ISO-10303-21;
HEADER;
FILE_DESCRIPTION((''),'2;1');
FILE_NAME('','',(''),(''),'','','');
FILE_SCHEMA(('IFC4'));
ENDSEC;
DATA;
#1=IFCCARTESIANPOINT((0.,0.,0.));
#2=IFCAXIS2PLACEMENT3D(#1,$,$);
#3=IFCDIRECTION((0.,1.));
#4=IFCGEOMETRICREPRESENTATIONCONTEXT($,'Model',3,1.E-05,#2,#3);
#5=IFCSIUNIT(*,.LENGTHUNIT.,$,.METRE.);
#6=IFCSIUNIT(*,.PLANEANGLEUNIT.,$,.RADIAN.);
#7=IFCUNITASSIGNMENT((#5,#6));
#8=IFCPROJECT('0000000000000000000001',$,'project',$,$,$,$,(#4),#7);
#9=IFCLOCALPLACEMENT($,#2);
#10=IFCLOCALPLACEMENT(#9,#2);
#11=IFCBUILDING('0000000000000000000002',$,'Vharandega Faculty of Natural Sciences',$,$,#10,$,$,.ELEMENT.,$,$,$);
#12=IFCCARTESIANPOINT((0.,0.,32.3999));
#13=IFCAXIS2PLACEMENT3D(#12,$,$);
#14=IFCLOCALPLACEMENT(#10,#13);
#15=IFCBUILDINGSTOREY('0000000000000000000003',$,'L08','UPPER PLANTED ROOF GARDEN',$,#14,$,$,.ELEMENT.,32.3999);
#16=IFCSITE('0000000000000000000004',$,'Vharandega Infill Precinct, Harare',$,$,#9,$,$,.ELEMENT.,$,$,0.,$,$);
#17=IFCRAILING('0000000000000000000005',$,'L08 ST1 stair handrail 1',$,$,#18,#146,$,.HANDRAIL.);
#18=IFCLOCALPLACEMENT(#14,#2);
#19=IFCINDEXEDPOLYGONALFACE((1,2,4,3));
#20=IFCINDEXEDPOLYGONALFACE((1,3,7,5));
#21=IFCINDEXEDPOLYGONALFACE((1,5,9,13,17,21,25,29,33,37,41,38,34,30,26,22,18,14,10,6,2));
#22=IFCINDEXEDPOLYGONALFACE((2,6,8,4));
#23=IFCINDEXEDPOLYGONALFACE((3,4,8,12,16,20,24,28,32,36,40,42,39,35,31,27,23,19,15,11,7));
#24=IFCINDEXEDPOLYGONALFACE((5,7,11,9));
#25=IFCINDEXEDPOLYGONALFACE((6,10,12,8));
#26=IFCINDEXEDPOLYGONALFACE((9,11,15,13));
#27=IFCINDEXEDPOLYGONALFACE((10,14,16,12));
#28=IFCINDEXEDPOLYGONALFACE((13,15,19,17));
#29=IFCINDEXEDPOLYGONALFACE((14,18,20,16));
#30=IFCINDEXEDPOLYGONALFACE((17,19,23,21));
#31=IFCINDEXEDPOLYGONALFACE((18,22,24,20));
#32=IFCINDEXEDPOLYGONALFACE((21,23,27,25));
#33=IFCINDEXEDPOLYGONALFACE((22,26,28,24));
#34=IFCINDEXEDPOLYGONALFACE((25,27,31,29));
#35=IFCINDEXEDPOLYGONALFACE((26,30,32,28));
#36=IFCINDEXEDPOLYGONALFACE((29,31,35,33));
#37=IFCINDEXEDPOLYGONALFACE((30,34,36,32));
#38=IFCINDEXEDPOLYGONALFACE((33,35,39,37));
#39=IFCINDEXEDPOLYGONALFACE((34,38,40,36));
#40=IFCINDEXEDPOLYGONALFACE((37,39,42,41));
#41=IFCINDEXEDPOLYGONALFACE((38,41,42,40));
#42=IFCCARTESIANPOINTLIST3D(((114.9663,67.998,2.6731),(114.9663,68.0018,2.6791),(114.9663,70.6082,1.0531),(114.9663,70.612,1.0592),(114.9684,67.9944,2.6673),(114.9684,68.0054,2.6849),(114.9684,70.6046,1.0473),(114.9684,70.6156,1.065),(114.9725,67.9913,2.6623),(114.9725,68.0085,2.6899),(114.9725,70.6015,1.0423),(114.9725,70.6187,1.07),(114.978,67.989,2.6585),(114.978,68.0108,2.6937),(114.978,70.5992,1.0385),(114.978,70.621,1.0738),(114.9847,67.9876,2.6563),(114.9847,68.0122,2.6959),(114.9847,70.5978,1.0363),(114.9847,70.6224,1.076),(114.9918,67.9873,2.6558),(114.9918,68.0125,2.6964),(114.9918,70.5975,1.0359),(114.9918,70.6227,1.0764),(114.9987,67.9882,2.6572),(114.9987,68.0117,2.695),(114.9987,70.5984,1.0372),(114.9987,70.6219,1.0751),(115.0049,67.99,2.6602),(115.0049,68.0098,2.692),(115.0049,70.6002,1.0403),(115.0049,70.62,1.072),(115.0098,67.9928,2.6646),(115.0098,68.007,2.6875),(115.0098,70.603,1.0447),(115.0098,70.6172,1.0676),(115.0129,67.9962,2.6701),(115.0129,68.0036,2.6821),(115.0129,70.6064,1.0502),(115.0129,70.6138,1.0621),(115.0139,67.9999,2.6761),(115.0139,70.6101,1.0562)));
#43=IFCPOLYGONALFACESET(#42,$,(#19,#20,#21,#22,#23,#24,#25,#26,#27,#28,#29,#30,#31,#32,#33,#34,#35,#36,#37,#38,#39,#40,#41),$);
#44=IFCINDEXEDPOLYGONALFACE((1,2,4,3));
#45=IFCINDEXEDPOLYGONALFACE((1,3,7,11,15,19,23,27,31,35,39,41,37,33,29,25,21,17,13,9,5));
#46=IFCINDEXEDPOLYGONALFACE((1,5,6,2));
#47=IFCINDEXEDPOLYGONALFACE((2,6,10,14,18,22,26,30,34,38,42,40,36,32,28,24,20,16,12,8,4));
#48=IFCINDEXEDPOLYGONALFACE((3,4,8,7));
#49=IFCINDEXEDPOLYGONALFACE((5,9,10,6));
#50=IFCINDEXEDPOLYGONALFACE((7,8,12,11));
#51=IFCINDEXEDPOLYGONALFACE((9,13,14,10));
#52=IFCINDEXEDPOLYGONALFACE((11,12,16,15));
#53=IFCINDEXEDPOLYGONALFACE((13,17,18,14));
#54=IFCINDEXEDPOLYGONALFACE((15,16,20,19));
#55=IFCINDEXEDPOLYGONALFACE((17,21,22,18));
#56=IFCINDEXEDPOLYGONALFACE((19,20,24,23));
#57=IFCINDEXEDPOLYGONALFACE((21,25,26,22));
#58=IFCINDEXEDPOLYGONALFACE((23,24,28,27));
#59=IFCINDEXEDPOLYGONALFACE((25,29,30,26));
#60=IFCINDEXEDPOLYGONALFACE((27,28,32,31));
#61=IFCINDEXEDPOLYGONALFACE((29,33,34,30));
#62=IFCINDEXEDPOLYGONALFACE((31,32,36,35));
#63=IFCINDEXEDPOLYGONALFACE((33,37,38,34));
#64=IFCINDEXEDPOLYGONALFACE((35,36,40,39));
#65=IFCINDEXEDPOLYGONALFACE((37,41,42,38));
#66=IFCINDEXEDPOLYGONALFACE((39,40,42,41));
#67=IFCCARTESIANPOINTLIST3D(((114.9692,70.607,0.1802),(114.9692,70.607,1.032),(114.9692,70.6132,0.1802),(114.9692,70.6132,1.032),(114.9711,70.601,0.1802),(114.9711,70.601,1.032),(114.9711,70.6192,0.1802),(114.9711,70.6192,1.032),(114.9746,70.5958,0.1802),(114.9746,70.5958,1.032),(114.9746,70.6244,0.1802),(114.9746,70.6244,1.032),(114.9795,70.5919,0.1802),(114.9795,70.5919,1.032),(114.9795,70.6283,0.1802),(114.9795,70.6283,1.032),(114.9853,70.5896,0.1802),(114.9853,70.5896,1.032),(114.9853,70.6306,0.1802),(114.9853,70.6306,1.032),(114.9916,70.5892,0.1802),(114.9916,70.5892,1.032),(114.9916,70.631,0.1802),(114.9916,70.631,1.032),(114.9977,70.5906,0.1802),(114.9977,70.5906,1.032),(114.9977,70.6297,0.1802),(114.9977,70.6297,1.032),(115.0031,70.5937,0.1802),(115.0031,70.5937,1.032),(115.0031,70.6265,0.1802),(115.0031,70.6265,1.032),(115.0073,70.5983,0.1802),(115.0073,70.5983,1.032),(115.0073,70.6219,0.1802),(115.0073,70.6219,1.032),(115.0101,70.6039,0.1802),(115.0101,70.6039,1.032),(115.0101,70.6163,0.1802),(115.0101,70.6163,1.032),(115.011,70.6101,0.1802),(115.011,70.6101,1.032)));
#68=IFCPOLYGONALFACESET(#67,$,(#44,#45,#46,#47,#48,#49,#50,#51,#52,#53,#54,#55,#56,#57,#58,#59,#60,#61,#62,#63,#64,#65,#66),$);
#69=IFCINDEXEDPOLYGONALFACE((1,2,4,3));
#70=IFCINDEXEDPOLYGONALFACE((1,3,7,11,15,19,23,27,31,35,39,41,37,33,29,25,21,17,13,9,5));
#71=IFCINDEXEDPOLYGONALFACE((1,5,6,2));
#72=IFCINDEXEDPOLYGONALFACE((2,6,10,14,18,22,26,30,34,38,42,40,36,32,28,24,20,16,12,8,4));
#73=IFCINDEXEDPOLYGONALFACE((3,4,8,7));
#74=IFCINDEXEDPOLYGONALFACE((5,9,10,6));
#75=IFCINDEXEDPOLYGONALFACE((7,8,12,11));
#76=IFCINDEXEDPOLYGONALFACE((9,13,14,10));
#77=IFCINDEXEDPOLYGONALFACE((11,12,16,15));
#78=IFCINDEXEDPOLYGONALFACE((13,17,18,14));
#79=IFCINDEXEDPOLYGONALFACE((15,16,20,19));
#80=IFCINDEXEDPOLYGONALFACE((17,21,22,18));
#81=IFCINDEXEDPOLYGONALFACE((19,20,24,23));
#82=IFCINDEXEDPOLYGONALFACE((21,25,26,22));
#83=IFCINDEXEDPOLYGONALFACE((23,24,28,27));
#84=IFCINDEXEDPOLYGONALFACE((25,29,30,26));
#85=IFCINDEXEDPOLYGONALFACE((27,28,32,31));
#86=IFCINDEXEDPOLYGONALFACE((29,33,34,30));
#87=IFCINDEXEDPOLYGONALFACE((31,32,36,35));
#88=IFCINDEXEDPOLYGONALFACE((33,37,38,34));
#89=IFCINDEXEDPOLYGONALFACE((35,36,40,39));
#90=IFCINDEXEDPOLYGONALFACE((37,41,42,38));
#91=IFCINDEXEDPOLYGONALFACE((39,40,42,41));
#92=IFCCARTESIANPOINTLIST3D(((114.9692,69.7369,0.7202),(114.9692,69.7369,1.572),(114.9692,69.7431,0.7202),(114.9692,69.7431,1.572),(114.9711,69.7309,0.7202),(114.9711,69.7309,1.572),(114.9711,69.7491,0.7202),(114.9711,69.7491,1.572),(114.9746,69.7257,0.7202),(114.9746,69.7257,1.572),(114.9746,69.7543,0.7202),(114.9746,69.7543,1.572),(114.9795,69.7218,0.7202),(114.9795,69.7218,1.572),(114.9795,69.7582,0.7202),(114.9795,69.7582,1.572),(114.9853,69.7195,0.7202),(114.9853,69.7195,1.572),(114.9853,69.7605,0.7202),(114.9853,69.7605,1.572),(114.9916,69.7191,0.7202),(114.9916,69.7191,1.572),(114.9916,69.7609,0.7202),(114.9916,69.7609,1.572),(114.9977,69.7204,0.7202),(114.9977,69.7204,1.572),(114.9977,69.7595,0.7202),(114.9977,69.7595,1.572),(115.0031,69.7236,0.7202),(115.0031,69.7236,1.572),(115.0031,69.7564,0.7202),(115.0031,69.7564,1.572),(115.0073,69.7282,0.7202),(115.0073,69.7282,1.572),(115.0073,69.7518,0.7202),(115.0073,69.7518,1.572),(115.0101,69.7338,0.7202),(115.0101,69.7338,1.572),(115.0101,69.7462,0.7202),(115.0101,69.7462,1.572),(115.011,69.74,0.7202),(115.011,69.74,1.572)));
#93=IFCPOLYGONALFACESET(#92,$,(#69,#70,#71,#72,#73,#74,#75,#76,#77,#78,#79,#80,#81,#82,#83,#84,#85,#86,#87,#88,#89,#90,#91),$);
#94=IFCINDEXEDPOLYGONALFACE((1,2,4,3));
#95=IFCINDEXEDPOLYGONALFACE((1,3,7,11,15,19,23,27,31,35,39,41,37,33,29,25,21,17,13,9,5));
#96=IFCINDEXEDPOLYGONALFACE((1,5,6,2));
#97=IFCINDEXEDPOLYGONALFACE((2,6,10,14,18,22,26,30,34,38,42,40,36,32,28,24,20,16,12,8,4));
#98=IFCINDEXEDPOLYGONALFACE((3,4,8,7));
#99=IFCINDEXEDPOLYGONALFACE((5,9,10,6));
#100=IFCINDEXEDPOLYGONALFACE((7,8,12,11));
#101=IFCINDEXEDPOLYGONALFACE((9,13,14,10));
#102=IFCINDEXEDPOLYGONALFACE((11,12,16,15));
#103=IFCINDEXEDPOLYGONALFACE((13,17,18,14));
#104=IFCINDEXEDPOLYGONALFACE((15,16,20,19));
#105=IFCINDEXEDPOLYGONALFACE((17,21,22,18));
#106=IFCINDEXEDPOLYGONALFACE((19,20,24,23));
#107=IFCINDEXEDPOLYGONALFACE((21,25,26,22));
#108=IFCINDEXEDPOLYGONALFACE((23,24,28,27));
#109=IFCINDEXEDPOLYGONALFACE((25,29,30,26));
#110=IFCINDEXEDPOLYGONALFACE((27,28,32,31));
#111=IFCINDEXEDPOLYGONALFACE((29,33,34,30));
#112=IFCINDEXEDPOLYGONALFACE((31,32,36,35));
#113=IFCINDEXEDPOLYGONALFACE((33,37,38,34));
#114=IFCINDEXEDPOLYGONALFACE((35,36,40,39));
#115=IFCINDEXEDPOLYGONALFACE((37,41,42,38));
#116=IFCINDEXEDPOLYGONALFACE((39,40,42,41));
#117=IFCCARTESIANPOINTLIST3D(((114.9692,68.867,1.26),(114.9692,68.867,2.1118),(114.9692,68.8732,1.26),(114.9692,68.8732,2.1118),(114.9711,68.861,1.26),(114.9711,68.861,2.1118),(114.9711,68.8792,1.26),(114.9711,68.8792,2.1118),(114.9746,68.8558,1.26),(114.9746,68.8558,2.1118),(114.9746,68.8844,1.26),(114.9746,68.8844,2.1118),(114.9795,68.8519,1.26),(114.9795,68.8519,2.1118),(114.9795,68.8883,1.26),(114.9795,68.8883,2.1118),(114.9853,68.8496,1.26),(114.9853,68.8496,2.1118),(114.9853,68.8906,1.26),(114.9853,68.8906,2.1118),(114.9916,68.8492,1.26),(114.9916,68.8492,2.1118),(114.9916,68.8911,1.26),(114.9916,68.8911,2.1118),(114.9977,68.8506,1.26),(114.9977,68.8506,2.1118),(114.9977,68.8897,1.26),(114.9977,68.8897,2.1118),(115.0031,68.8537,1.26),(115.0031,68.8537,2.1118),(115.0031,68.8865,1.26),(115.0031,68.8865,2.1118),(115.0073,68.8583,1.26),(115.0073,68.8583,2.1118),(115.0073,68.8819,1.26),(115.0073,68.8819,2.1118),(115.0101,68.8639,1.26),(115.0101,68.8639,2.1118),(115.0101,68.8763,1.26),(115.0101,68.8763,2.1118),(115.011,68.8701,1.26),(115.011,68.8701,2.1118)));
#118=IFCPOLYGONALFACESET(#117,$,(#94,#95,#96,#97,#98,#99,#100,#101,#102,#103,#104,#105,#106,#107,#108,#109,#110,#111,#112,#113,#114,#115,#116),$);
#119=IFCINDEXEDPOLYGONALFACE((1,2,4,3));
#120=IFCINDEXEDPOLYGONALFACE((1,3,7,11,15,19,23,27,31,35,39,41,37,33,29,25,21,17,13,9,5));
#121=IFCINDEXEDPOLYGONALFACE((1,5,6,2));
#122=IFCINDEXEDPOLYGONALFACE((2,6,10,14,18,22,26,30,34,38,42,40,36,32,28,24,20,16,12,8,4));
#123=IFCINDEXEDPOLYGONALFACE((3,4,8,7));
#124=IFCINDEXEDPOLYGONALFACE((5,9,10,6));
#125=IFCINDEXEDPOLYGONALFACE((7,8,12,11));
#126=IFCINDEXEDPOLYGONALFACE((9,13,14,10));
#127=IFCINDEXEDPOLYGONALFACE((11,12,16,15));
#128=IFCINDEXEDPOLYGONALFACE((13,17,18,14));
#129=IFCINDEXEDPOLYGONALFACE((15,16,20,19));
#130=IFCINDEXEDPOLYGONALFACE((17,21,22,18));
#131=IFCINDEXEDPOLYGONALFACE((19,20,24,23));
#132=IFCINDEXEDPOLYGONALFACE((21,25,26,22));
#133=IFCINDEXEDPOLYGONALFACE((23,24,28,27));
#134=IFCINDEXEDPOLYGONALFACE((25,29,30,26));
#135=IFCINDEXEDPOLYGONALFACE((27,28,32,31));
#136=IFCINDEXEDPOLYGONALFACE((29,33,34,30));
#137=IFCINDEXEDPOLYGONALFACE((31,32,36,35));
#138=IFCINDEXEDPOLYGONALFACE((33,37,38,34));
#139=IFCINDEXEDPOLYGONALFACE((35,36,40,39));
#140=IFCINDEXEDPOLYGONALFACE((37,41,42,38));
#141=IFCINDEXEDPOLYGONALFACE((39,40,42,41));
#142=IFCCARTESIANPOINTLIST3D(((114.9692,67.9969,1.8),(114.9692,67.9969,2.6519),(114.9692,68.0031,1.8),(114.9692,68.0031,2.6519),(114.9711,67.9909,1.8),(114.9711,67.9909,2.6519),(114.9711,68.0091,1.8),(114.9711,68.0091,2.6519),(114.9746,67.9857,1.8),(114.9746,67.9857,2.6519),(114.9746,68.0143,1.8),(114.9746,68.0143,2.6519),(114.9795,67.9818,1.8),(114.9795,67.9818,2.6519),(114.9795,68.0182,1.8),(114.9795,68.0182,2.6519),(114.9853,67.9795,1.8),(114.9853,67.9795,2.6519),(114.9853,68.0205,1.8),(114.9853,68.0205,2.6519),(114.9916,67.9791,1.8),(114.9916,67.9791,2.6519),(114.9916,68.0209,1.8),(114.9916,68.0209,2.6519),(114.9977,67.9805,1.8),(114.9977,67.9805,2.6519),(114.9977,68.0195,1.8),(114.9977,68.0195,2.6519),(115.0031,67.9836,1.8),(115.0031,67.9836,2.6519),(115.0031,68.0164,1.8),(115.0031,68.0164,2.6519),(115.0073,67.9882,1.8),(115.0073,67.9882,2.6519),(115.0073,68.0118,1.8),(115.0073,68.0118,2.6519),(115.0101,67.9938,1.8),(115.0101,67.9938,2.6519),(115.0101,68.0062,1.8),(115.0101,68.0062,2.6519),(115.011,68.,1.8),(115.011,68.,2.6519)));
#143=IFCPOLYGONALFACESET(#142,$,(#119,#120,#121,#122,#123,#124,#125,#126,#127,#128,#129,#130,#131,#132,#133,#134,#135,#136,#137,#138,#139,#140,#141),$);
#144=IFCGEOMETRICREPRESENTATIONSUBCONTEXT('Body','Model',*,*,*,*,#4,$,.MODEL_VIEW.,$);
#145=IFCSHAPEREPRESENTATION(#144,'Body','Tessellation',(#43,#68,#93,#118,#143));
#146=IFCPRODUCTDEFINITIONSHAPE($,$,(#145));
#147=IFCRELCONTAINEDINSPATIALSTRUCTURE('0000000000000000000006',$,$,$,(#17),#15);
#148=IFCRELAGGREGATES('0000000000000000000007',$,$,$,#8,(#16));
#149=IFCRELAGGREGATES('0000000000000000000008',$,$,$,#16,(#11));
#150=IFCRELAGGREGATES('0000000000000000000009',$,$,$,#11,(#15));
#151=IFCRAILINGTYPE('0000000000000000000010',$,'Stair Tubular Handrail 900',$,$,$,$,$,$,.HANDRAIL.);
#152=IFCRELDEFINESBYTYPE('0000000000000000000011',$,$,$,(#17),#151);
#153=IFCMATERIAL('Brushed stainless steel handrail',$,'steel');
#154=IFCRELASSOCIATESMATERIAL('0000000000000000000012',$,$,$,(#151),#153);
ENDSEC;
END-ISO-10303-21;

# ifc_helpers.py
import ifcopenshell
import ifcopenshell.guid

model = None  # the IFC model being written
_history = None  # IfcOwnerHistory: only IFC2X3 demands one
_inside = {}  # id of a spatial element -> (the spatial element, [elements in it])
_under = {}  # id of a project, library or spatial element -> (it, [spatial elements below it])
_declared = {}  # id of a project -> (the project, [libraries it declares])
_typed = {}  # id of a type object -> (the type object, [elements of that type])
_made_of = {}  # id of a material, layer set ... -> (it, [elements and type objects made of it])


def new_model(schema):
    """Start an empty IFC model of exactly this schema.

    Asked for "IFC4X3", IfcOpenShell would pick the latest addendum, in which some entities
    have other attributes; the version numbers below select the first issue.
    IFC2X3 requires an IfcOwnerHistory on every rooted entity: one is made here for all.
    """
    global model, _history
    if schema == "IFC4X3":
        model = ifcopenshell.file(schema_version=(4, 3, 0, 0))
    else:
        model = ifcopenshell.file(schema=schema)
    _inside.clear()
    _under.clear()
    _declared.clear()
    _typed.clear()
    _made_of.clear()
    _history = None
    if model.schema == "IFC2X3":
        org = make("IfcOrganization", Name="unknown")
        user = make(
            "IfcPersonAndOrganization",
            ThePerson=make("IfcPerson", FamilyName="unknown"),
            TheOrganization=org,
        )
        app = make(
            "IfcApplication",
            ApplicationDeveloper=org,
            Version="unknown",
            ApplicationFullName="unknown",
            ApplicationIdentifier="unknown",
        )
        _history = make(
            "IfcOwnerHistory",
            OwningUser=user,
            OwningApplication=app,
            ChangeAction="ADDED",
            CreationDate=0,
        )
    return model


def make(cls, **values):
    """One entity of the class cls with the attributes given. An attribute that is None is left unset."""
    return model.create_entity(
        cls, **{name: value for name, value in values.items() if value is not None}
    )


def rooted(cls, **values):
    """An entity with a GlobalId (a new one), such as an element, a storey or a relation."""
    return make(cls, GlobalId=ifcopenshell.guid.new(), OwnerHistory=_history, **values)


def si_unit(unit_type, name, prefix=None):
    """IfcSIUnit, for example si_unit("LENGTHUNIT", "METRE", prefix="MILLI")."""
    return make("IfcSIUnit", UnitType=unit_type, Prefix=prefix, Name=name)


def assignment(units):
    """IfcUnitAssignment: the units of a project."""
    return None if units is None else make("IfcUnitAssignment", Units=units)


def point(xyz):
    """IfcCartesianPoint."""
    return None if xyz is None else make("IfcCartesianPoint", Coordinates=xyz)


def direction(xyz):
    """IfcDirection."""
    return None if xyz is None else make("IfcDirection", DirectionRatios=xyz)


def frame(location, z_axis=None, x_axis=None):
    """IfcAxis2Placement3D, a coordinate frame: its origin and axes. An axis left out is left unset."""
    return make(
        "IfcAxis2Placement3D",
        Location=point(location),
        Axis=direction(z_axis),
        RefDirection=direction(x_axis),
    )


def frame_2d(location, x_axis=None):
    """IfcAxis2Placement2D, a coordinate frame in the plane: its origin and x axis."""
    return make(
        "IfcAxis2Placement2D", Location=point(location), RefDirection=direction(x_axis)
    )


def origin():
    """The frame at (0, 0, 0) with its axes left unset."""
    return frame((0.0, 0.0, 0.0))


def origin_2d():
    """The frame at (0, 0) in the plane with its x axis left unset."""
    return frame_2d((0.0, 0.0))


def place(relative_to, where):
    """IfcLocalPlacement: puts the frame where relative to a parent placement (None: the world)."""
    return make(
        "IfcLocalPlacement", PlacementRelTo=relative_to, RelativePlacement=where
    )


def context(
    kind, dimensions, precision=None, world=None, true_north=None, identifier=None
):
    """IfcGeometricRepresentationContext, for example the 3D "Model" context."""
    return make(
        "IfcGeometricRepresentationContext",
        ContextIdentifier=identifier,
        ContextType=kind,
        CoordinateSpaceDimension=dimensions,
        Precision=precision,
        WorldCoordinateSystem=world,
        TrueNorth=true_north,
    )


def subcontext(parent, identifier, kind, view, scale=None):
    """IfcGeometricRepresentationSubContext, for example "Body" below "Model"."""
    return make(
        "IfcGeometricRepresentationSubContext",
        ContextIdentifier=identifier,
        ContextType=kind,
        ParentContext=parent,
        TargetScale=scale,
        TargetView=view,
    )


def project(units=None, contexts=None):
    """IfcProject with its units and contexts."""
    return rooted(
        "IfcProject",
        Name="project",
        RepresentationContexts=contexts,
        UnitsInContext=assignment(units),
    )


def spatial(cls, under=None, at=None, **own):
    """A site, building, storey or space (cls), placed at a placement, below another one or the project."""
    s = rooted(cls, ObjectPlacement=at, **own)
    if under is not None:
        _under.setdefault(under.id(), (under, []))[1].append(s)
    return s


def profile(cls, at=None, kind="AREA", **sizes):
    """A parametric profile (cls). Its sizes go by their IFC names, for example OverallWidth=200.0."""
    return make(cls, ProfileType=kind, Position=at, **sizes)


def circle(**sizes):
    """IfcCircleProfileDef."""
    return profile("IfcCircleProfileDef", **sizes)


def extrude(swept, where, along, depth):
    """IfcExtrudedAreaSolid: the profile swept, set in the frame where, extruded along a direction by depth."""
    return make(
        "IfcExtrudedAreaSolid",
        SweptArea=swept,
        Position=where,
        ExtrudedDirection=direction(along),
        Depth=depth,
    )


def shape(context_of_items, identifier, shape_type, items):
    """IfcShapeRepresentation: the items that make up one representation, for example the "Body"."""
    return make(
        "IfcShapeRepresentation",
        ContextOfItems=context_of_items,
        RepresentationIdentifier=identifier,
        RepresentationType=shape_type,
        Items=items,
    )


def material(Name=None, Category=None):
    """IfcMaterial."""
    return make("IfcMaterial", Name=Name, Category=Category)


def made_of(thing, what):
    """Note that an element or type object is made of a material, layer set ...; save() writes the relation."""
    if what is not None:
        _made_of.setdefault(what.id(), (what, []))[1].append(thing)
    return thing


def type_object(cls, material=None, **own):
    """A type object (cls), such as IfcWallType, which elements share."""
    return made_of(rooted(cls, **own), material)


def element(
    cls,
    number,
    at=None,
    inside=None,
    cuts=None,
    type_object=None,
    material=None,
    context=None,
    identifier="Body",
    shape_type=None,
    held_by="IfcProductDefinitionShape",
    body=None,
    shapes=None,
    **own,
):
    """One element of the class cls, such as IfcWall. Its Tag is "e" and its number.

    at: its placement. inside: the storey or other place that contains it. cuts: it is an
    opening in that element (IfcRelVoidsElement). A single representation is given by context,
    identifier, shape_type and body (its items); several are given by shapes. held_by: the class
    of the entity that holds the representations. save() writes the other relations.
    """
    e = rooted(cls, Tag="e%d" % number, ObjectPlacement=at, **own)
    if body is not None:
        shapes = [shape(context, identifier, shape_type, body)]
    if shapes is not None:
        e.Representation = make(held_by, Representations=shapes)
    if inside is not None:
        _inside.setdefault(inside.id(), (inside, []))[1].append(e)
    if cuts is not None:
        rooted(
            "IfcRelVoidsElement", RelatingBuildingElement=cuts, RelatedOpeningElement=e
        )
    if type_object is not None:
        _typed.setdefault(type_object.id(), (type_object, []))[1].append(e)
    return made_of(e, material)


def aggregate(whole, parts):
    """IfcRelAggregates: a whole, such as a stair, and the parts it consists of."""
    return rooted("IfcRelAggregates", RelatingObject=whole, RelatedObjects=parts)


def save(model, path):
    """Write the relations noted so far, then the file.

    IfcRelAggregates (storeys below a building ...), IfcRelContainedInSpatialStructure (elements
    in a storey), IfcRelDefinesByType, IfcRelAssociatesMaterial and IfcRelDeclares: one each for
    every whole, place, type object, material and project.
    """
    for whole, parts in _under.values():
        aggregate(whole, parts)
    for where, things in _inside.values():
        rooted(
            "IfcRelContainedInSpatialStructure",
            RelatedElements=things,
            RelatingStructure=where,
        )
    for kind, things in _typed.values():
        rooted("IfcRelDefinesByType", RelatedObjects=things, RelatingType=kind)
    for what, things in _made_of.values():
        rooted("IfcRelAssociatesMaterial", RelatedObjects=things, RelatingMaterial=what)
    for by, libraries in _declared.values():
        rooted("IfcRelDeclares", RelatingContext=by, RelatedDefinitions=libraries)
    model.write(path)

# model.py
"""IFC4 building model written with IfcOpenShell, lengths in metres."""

from ifc_helpers import new_model, si_unit, direction, frame, origin, origin_2d, place, context, subcontext, project, spatial, circle, extrude, material, type_object, element, save


model = new_model("IFC4")

# Units and contexts
model_context = context("Model", 3, precision=1e-05, world=origin(), true_north=direction((0.0, 1.0)))
body_context = subcontext(model_context, "Body", "Model", "MODEL_VIEW")
ifc_project = project(units=[si_unit("LENGTHUNIT", "METRE"), si_unit("PLANEANGLEUNIT", "RADIAN")], contexts=[model_context])

# Site, building, storey
site_placement = place(None, origin())
site = spatial("IfcSite", under=ifc_project, at=site_placement, Name="Vharandega Infill Precinct, Harare", CompositionType="ELEMENT", RefElevation=0.0)
building_placement = place(site_placement, origin())
building = spatial("IfcBuilding", under=site, at=building_placement, Name="Vharandega Faculty of Natural Sciences", CompositionType="ELEMENT")
storey_placement = place(building_placement, frame((0.0, 0.0, 32.3999)))
storey = spatial("IfcBuildingStorey", under=building, at=storey_placement, Name="L08", Description="UPPER PLANTED ROOF GARDEN", CompositionType="ELEMENT", Elevation=32.3999)

# Railing
ifc_material_1 = material(Name="Brushed stainless steel handrail", Category="steel")
railing_type_1 = type_object("IfcRailingType", Name="Stair Tubular Handrail 900", PredefinedType="HANDRAIL", material=ifc_material_1)
railing_1_placement = place(storey_placement, frame((114.99, 70.6101, 0.1802)))
element("IfcRailing", 1, at=railing_1_placement, inside=storey, type_object=railing_type_1, Name="L08 ST1 stair handrail 1", PredefinedType="HANDRAIL", context=body_context, shape_type="SweptSolid", body=[
    extrude(circle(Radius=0.0239, at=origin_2d()), frame((0.0, 0.0, 0.876), z_axis=(0.0, -0.849668, 0.527317), x_axis=(1.0, 0.0, 0.0)), (0.0, 0.0, 1.0), 3.072),
    extrude(circle(Radius=0.021, at=origin_2d()), origin(), (0.0, 0.0, 1.0), 0.8518),
    extrude(circle(Radius=0.021, at=origin_2d()), frame((0.0, -0.8701, 0.54)), (0.0, 0.0, 1.0), 0.8518),
    extrude(circle(Radius=0.021, at=origin_2d()), frame((0.0, -1.74, 1.0798)), (0.0, 0.0, 1.0), 0.8518),
    extrude(circle(Radius=0.021, at=origin_2d()), frame((0.0, -2.6101, 1.6199)), (0.0, 0.0, 1.0), 0.8518),
])

save(model, "model.ifc")
